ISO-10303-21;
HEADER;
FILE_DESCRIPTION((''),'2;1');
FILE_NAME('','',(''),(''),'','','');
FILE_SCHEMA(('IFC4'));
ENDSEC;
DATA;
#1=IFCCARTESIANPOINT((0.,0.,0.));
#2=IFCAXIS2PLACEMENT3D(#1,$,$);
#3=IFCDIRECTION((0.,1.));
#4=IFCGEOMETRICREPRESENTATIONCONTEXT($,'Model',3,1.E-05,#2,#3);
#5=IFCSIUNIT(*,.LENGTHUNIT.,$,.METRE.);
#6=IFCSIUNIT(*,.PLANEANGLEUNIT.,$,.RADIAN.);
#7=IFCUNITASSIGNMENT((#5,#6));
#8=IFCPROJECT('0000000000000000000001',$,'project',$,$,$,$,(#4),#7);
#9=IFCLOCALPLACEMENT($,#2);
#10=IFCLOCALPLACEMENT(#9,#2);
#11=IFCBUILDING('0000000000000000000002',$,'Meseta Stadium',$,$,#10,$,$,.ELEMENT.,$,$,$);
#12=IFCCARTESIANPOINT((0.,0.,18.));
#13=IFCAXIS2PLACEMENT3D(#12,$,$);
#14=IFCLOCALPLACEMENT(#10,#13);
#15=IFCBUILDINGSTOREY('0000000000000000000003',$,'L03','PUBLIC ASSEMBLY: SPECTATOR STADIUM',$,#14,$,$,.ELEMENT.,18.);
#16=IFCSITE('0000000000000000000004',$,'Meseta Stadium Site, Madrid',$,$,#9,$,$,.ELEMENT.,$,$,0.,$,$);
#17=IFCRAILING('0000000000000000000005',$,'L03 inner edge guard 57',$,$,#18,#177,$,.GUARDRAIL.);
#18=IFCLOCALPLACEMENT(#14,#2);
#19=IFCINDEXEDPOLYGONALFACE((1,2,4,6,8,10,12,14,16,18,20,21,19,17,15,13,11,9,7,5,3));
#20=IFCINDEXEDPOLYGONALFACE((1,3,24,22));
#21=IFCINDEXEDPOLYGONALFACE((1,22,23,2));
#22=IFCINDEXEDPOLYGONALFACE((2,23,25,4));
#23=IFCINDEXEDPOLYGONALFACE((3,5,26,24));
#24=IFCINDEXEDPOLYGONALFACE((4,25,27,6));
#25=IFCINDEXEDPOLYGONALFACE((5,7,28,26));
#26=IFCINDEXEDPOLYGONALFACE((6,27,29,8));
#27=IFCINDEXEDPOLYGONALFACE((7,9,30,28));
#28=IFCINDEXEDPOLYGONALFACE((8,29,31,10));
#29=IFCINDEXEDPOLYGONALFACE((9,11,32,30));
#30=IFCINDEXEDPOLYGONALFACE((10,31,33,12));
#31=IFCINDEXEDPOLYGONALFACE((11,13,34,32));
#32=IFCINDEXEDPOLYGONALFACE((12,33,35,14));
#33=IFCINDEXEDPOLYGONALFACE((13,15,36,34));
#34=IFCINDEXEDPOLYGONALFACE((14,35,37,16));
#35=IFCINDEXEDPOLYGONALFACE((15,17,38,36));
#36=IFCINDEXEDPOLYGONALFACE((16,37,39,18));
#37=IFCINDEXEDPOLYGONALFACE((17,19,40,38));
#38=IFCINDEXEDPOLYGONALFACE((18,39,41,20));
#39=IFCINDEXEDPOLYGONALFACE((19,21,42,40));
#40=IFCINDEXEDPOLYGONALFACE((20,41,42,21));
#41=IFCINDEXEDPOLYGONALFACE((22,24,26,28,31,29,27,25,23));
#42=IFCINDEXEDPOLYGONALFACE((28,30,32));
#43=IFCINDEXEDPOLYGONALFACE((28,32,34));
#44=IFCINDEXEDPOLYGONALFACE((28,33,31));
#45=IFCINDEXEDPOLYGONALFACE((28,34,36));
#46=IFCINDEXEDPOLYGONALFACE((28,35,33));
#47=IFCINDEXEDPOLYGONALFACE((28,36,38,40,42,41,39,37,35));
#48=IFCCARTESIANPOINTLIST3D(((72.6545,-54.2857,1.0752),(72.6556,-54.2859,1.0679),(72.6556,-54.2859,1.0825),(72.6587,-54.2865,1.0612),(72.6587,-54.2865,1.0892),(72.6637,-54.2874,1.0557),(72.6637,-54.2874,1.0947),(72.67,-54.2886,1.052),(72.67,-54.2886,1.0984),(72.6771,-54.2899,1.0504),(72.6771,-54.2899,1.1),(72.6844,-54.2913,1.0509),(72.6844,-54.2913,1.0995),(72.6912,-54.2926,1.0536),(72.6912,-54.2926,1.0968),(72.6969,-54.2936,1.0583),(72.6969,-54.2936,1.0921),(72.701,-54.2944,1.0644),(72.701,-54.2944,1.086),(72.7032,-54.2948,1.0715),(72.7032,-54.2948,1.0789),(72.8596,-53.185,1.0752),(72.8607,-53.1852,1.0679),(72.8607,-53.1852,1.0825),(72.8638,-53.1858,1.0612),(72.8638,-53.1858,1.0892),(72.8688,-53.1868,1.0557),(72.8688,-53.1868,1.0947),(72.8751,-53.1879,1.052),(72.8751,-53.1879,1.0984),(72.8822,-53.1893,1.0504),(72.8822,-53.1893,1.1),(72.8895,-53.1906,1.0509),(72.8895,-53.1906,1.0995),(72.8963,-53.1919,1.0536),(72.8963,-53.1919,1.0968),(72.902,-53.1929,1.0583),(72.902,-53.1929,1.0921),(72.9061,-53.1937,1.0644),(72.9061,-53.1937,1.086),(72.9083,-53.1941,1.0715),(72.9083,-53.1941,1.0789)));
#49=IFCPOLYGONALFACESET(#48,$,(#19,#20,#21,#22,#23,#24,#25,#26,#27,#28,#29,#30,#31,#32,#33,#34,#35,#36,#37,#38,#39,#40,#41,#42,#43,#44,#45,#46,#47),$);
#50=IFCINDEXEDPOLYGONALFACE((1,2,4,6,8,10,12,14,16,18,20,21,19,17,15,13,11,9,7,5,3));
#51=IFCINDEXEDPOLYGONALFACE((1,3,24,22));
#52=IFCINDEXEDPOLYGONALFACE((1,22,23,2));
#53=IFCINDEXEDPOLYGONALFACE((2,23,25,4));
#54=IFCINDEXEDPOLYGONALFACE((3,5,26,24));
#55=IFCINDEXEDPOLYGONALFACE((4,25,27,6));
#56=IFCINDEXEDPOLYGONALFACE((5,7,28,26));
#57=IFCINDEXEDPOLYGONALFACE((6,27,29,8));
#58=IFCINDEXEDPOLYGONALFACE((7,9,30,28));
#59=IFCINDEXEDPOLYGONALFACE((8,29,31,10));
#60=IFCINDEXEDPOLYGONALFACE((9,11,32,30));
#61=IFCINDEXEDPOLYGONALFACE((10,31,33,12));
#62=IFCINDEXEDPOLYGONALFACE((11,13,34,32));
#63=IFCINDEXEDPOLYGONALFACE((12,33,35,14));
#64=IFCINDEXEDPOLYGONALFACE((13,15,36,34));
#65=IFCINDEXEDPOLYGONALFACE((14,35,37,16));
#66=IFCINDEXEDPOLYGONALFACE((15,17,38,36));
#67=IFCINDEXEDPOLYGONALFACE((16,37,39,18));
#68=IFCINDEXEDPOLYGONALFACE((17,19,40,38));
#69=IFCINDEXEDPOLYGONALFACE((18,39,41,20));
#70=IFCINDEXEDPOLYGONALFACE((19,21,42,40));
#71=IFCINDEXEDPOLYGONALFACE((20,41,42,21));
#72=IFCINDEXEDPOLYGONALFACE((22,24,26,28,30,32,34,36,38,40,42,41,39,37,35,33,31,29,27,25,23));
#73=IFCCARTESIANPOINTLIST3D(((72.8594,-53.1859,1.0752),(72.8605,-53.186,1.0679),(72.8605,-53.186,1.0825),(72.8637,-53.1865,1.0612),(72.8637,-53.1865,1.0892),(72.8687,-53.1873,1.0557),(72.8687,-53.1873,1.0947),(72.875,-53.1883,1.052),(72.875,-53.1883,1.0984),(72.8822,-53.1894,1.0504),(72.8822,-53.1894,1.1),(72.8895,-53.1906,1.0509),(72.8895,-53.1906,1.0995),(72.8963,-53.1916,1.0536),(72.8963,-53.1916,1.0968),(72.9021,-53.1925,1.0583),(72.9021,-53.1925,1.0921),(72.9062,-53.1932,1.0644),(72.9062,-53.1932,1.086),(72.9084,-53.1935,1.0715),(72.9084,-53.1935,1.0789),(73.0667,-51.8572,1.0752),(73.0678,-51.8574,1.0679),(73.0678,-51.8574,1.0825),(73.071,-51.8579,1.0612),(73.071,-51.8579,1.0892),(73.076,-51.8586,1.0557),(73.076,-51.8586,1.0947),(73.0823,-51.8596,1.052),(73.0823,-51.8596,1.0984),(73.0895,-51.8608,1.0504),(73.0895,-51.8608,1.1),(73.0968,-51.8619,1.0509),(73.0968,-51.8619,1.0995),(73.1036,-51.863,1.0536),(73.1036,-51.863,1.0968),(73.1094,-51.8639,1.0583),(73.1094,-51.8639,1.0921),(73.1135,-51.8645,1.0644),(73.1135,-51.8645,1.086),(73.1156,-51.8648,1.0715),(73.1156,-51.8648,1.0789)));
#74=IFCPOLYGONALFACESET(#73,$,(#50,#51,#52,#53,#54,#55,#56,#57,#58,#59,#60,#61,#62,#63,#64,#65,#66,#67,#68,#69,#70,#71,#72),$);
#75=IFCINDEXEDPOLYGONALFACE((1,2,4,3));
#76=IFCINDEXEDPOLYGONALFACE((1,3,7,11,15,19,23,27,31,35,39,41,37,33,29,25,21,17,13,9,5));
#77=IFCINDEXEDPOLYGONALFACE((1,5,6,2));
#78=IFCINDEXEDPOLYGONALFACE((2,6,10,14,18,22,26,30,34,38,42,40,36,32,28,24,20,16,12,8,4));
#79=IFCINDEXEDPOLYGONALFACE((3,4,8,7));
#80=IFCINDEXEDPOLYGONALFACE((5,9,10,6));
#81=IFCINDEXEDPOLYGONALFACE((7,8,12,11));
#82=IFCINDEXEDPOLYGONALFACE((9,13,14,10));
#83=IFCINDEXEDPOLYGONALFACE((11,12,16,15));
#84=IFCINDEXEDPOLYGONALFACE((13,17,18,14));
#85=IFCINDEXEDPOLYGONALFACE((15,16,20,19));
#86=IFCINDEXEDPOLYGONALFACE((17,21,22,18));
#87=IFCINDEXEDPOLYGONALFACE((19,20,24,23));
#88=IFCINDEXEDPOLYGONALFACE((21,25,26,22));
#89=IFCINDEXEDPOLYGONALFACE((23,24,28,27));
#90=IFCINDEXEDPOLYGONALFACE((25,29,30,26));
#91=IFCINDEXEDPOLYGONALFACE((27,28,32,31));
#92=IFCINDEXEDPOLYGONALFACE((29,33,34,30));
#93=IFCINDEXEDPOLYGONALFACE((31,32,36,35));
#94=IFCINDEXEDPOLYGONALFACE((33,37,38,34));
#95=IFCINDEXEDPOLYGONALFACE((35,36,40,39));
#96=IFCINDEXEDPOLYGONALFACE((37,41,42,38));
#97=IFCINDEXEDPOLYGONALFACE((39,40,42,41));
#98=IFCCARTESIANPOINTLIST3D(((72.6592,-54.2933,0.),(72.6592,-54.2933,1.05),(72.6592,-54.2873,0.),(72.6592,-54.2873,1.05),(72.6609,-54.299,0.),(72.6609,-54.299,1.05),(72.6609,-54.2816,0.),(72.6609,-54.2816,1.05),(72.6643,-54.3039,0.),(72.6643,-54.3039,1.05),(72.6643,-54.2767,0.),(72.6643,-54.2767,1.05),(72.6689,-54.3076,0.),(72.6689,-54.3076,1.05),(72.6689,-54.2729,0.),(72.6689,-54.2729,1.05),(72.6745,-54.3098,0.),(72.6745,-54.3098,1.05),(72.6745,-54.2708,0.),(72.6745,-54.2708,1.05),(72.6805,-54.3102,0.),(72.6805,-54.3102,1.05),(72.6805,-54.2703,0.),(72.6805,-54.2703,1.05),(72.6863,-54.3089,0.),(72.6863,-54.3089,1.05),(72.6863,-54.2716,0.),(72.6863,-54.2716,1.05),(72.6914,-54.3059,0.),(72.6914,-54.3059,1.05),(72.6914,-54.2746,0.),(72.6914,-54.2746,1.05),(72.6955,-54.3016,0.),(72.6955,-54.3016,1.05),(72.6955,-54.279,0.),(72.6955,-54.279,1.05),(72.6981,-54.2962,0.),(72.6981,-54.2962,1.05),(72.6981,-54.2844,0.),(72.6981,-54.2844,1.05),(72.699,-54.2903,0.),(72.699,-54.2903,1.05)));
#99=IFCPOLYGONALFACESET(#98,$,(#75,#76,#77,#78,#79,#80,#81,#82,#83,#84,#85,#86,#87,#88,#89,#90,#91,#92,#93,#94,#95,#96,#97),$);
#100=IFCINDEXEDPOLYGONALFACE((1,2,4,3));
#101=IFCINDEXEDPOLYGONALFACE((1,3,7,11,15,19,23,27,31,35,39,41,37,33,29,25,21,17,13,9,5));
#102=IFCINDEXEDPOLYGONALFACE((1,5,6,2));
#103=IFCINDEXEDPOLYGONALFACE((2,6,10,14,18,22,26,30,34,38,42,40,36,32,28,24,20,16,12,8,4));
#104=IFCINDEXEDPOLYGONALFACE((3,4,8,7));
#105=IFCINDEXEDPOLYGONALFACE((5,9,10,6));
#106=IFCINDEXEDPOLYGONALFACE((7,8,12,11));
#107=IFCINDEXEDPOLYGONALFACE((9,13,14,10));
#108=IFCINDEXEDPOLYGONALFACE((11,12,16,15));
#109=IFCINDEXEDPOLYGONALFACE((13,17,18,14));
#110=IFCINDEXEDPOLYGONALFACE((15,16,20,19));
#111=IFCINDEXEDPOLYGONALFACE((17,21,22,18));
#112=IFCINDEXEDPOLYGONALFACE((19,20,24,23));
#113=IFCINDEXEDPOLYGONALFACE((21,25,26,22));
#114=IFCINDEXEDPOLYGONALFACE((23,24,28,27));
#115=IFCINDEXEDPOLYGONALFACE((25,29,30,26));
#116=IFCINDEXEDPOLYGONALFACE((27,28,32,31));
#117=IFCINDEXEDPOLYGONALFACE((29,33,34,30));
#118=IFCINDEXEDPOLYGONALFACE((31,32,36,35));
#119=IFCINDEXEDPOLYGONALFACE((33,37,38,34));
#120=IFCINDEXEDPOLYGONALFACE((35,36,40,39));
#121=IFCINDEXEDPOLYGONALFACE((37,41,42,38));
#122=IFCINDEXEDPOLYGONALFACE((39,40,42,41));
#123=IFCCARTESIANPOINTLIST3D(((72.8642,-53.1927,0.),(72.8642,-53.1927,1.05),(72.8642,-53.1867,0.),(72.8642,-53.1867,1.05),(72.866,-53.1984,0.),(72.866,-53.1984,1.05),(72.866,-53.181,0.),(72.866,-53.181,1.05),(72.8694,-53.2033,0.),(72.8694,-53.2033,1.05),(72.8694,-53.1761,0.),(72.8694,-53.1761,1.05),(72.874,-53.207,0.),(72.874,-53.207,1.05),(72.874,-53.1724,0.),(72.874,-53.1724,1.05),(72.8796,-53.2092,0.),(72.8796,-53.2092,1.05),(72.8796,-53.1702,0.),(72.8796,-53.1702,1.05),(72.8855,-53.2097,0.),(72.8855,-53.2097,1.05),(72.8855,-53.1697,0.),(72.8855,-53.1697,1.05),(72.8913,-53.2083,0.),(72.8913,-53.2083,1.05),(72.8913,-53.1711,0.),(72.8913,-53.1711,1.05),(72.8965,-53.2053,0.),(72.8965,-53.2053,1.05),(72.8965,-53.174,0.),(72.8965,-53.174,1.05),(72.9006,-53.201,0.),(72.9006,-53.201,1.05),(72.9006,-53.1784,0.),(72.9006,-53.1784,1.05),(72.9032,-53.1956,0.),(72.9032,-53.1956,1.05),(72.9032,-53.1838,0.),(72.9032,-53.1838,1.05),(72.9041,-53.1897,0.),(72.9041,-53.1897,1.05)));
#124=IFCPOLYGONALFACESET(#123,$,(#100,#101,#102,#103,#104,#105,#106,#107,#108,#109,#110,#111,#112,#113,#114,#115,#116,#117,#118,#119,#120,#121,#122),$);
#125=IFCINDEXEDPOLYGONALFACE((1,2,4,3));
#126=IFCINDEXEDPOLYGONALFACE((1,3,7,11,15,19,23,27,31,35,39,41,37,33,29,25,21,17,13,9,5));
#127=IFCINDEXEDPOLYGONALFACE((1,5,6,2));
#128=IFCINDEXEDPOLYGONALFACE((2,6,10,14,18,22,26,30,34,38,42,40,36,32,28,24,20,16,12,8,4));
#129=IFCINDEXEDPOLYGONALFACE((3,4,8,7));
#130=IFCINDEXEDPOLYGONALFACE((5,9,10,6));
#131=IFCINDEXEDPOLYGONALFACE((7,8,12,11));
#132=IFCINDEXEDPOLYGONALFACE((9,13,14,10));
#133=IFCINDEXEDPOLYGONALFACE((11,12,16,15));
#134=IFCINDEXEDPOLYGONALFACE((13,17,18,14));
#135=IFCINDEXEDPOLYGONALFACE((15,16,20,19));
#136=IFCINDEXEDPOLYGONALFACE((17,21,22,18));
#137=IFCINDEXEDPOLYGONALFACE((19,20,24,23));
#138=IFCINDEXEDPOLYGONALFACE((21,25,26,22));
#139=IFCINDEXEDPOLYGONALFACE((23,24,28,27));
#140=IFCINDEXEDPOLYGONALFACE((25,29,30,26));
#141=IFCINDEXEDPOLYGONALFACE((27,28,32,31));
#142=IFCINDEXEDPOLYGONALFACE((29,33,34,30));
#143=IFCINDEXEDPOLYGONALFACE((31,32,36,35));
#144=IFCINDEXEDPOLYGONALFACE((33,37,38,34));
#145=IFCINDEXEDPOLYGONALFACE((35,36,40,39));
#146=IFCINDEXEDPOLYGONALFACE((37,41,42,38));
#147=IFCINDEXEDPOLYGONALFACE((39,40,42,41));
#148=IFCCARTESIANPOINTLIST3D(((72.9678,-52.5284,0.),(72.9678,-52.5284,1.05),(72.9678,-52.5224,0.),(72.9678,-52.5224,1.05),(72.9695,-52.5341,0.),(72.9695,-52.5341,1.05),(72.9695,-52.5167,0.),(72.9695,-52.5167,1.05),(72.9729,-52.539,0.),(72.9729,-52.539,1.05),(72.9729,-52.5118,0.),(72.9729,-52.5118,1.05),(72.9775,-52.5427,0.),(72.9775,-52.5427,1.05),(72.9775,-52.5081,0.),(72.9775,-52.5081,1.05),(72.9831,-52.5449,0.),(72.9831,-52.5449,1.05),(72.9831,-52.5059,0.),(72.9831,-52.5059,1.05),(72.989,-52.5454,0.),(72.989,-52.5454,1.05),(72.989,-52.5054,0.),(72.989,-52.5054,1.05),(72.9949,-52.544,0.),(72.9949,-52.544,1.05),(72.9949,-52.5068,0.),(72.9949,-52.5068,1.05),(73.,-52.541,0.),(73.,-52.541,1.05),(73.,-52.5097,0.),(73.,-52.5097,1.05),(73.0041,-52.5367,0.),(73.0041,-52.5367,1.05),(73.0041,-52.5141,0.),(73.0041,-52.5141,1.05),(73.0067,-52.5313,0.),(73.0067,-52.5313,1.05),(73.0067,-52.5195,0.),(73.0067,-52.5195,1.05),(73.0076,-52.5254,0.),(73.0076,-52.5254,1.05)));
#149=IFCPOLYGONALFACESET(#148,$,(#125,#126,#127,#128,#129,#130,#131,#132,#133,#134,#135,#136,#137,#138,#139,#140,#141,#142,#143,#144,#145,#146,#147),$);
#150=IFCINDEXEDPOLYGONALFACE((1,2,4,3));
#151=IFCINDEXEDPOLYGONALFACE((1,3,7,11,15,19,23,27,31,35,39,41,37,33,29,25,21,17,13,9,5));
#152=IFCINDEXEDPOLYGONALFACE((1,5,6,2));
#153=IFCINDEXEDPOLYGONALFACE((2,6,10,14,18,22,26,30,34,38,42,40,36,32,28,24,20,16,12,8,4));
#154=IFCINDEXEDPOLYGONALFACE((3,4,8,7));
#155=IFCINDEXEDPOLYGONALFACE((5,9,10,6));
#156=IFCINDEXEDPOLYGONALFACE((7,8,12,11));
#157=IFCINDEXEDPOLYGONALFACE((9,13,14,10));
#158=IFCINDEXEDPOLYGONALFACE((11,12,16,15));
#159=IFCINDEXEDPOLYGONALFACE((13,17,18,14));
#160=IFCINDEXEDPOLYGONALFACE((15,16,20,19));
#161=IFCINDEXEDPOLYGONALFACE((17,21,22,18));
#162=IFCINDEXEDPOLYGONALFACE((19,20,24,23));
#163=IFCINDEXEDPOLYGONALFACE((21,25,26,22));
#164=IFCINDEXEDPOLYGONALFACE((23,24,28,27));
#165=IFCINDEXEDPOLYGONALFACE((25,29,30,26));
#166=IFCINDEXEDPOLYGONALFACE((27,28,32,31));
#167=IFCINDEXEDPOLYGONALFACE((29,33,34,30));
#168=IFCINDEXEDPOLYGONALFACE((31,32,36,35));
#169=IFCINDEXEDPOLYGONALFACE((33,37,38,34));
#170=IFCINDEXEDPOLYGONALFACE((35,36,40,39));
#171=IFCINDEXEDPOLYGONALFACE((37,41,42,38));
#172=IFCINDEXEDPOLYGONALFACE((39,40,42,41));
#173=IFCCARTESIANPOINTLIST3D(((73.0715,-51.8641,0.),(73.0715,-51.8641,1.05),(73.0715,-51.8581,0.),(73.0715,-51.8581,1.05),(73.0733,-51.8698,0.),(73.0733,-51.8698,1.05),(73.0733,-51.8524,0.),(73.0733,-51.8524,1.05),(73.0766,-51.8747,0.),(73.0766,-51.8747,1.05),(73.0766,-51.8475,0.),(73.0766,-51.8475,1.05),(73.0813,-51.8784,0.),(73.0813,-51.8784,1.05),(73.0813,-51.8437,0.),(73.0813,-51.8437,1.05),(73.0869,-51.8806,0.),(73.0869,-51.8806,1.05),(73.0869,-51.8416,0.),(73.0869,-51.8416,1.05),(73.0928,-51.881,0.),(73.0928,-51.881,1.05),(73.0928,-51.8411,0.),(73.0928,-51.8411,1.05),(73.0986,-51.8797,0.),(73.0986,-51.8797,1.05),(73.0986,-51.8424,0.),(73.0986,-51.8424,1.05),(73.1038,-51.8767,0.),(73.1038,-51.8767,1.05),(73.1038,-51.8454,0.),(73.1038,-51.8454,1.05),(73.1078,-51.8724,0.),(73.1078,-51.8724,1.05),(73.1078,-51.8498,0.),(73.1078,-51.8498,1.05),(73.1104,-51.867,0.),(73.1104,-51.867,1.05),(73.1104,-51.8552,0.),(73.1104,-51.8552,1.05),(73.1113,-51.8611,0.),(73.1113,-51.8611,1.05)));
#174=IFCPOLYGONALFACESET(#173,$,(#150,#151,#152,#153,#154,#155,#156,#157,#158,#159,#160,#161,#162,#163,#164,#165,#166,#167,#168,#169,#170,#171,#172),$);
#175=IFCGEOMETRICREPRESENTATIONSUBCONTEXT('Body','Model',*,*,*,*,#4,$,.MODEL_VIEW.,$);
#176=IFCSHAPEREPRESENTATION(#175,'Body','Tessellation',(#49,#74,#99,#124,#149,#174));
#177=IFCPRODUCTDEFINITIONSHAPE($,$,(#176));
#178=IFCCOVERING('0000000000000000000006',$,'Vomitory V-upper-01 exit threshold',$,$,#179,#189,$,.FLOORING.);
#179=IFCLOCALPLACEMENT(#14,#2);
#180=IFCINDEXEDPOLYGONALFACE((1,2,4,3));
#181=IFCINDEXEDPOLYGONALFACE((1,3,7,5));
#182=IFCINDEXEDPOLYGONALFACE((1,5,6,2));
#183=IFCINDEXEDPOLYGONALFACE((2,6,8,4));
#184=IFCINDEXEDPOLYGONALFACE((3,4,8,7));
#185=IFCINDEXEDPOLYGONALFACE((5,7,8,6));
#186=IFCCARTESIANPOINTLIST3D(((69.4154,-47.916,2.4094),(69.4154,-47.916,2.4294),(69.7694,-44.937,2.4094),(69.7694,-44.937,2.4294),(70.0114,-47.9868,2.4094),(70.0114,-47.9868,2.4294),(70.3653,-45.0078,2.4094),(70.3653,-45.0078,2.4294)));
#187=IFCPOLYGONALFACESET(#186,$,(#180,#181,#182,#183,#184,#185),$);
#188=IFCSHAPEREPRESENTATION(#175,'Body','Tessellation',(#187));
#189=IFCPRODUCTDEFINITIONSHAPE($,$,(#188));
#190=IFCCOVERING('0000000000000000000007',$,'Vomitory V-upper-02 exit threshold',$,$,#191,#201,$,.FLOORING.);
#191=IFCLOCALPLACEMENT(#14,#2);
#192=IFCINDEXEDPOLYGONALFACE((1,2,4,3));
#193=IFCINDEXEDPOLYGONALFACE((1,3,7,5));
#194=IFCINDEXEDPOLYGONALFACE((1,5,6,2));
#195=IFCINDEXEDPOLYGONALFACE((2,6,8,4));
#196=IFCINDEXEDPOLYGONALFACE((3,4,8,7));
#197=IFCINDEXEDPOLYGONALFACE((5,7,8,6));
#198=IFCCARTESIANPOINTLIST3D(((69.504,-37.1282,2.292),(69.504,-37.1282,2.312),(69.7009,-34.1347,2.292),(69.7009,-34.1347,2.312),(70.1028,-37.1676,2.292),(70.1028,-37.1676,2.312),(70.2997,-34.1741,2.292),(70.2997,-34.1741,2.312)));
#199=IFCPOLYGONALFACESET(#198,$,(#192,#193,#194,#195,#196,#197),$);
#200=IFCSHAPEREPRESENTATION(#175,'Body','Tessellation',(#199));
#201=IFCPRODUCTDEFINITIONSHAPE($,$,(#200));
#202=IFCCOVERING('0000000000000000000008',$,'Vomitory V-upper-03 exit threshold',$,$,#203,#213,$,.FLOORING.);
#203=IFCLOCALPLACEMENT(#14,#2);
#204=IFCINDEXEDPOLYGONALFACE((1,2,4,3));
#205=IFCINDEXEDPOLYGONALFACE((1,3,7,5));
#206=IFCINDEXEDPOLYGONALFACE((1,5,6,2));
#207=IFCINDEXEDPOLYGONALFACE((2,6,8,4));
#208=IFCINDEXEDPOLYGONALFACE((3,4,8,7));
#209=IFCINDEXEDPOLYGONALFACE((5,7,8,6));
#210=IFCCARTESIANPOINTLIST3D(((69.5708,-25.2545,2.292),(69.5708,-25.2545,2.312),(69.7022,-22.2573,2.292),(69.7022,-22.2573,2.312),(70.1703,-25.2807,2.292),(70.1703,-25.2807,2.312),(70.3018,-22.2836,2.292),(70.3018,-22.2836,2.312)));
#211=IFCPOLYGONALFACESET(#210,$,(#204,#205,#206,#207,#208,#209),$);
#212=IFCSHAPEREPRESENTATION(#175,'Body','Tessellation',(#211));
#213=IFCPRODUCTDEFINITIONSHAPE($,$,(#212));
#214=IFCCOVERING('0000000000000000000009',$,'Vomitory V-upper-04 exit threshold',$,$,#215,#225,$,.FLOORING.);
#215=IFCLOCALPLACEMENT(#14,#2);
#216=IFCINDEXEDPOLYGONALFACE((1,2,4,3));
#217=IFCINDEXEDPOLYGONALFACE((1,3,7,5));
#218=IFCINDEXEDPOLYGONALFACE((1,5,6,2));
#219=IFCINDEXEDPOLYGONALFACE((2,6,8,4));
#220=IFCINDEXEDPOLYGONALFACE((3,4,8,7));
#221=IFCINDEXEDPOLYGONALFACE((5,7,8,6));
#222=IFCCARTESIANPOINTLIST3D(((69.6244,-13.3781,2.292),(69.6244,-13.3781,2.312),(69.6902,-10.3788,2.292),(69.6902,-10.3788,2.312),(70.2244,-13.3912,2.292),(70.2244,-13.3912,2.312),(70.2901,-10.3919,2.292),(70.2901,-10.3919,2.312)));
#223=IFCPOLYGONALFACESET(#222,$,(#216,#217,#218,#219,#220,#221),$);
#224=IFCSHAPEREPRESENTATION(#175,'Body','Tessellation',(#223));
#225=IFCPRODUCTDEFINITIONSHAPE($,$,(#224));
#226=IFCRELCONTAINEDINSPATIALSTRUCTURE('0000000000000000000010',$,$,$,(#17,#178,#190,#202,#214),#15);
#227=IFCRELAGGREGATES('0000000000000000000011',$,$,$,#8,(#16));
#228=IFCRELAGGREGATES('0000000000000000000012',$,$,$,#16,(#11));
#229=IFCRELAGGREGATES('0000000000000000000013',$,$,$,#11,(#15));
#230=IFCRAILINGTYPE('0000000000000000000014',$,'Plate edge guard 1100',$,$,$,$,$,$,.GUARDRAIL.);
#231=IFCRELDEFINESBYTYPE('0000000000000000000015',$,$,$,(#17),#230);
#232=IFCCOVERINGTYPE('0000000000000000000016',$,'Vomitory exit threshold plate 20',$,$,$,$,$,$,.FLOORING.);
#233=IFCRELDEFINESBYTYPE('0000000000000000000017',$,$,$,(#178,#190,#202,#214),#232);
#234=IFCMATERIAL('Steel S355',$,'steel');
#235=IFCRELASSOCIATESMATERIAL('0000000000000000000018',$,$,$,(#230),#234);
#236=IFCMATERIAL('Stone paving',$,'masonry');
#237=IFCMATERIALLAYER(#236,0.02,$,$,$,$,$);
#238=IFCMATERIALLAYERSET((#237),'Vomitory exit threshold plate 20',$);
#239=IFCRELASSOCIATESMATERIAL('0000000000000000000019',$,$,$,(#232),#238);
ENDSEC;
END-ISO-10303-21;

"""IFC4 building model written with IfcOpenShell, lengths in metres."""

from ifc_helpers import new_model, si_unit, direction, frame, origin, origin_2d, place, context, subcontext, project, spatial, rectangle, circle, extrude, material, layer, layer_set, type_object, element, save


model = new_model("IFC4")

# Units and contexts
model_context = context("Model", 3, precision=1e-05, world=origin(), true_north=direction((0.0, 1.0)))
body_context = subcontext(model_context, "Body", "Model", "MODEL_VIEW")
ifc_project = project(units=[si_unit("LENGTHUNIT", "METRE"), si_unit("PLANEANGLEUNIT", "RADIAN")], contexts=[model_context])

# Site, building, storey
site_placement = place(None, origin())
site = spatial("IfcSite", under=ifc_project, at=site_placement, Name="Meseta Stadium Site, Madrid", CompositionType="ELEMENT", RefElevation=0.0)
building_placement = place(site_placement, origin())
building = spatial("IfcBuilding", under=site, at=building_placement, Name="Meseta Stadium", CompositionType="ELEMENT")
storey_placement = place(building_placement, frame((0.0, 0.0, 18.0)))
storey = spatial("IfcBuildingStorey", under=building, at=storey_placement, Name="L03", Description="PUBLIC ASSEMBLY: SPECTATOR STADIUM", CompositionType="ELEMENT", Elevation=18.0)

# Railing
ifc_material_1 = material(Name="Steel S355", Category="steel")
railing_type_1 = type_object("IfcRailingType", Name="Plate edge guard 1100", PredefinedType="GUARDRAIL", material=ifc_material_1)
railing_1_placement = place(storey_placement, frame((72.679, -54.2903, 0.0)))
element("IfcRailing", 1, at=railing_1_placement, inside=storey, type_object=railing_type_1, Name="L03 inner edge guard 57", PredefinedType="GUARDRAIL", context=body_context, shape_type="SweptSolid", body=[
    extrude(circle(Radius=0.0249, at=origin_2d()), frame((0.0, 0.0, 1.0752), z_axis=(0.183182, 0.983079, 0.0), x_axis=(-0.983079, 0.183182, 0.0)), (0.0, 0.0, 1.0), 1.1196),
    extrude(circle(Radius=0.0249, at=origin_2d()), frame((0.2051, 1.1006, 1.0752), z_axis=(0.154144, 0.988048, 0.0), x_axis=(-0.988048, 0.154144, 0.0)), (0.0, 0.0, 1.0), 1.3447),
    extrude(circle(Radius=0.02, at=origin_2d()), origin(), (0.0, 0.0, 1.0), 1.05),
    extrude(circle(Radius=0.02, at=origin_2d()), frame((0.2051, 1.1006, 0.0)), (0.0, 0.0, 1.0), 1.05),
    extrude(circle(Radius=0.02, at=origin_2d()), frame((0.3086, 1.7649, 0.0)), (0.0, 0.0, 1.0), 1.05),
    extrude(circle(Radius=0.02, at=origin_2d()), frame((0.4124, 2.4292, 0.0)), (0.0, 0.0, 1.0), 1.05),
])

# Coverings
ifc_material_2 = material(Name="Stone paving", Category="masonry")
ifc_layer = layer(ifc_material_2, 0.02)
ifc_layer_set = layer_set([ifc_layer], Name="Vomitory exit threshold plate 20")
covering_type = type_object("IfcCoveringType", Name="Vomitory exit threshold plate 20", PredefinedType="FLOORING", material=ifc_layer_set)
for number, where, z_axis, x_axis, name in (
    (2, (69.8904, -46.4619, 2.4094), (0.0, 0.0, 1.0), (-0.993015, 0.117988, 0.0), "Vomitory V-upper-01 exit threshold"),
    (3, (69.9019, -35.6511, 2.292), (0.0, 0.0, 1.0), (-0.997843, 0.065647, 0.0), "Vomitory V-upper-02 exit threshold"),
    (4, (69.9363, -23.769, 2.292), (0.0, 0.0, 1.0), (-0.99904, 0.043818, 0.0), "Vomitory V-upper-03 exit threshold"),
    (5, (69.9573, -11.885, 2.292), (0.0, 0.0, 1.0), (-0.99976, 0.021925, 0.0), "Vomitory V-upper-04 exit threshold"),
):
    element("IfcCovering", number, at=place(storey_placement, frame(where, z_axis=z_axis, x_axis=x_axis)), inside=storey, type_object=covering_type, Name=name, PredefinedType="FLOORING", context=body_context, shape_type="SweptSolid", body=[
        extrude(rectangle(XDim=0.6001, YDim=3.0, at=origin_2d()), origin(), (0.0, 0.0, 1.0), 0.02),
    ])

save(model, "model.ifc")
